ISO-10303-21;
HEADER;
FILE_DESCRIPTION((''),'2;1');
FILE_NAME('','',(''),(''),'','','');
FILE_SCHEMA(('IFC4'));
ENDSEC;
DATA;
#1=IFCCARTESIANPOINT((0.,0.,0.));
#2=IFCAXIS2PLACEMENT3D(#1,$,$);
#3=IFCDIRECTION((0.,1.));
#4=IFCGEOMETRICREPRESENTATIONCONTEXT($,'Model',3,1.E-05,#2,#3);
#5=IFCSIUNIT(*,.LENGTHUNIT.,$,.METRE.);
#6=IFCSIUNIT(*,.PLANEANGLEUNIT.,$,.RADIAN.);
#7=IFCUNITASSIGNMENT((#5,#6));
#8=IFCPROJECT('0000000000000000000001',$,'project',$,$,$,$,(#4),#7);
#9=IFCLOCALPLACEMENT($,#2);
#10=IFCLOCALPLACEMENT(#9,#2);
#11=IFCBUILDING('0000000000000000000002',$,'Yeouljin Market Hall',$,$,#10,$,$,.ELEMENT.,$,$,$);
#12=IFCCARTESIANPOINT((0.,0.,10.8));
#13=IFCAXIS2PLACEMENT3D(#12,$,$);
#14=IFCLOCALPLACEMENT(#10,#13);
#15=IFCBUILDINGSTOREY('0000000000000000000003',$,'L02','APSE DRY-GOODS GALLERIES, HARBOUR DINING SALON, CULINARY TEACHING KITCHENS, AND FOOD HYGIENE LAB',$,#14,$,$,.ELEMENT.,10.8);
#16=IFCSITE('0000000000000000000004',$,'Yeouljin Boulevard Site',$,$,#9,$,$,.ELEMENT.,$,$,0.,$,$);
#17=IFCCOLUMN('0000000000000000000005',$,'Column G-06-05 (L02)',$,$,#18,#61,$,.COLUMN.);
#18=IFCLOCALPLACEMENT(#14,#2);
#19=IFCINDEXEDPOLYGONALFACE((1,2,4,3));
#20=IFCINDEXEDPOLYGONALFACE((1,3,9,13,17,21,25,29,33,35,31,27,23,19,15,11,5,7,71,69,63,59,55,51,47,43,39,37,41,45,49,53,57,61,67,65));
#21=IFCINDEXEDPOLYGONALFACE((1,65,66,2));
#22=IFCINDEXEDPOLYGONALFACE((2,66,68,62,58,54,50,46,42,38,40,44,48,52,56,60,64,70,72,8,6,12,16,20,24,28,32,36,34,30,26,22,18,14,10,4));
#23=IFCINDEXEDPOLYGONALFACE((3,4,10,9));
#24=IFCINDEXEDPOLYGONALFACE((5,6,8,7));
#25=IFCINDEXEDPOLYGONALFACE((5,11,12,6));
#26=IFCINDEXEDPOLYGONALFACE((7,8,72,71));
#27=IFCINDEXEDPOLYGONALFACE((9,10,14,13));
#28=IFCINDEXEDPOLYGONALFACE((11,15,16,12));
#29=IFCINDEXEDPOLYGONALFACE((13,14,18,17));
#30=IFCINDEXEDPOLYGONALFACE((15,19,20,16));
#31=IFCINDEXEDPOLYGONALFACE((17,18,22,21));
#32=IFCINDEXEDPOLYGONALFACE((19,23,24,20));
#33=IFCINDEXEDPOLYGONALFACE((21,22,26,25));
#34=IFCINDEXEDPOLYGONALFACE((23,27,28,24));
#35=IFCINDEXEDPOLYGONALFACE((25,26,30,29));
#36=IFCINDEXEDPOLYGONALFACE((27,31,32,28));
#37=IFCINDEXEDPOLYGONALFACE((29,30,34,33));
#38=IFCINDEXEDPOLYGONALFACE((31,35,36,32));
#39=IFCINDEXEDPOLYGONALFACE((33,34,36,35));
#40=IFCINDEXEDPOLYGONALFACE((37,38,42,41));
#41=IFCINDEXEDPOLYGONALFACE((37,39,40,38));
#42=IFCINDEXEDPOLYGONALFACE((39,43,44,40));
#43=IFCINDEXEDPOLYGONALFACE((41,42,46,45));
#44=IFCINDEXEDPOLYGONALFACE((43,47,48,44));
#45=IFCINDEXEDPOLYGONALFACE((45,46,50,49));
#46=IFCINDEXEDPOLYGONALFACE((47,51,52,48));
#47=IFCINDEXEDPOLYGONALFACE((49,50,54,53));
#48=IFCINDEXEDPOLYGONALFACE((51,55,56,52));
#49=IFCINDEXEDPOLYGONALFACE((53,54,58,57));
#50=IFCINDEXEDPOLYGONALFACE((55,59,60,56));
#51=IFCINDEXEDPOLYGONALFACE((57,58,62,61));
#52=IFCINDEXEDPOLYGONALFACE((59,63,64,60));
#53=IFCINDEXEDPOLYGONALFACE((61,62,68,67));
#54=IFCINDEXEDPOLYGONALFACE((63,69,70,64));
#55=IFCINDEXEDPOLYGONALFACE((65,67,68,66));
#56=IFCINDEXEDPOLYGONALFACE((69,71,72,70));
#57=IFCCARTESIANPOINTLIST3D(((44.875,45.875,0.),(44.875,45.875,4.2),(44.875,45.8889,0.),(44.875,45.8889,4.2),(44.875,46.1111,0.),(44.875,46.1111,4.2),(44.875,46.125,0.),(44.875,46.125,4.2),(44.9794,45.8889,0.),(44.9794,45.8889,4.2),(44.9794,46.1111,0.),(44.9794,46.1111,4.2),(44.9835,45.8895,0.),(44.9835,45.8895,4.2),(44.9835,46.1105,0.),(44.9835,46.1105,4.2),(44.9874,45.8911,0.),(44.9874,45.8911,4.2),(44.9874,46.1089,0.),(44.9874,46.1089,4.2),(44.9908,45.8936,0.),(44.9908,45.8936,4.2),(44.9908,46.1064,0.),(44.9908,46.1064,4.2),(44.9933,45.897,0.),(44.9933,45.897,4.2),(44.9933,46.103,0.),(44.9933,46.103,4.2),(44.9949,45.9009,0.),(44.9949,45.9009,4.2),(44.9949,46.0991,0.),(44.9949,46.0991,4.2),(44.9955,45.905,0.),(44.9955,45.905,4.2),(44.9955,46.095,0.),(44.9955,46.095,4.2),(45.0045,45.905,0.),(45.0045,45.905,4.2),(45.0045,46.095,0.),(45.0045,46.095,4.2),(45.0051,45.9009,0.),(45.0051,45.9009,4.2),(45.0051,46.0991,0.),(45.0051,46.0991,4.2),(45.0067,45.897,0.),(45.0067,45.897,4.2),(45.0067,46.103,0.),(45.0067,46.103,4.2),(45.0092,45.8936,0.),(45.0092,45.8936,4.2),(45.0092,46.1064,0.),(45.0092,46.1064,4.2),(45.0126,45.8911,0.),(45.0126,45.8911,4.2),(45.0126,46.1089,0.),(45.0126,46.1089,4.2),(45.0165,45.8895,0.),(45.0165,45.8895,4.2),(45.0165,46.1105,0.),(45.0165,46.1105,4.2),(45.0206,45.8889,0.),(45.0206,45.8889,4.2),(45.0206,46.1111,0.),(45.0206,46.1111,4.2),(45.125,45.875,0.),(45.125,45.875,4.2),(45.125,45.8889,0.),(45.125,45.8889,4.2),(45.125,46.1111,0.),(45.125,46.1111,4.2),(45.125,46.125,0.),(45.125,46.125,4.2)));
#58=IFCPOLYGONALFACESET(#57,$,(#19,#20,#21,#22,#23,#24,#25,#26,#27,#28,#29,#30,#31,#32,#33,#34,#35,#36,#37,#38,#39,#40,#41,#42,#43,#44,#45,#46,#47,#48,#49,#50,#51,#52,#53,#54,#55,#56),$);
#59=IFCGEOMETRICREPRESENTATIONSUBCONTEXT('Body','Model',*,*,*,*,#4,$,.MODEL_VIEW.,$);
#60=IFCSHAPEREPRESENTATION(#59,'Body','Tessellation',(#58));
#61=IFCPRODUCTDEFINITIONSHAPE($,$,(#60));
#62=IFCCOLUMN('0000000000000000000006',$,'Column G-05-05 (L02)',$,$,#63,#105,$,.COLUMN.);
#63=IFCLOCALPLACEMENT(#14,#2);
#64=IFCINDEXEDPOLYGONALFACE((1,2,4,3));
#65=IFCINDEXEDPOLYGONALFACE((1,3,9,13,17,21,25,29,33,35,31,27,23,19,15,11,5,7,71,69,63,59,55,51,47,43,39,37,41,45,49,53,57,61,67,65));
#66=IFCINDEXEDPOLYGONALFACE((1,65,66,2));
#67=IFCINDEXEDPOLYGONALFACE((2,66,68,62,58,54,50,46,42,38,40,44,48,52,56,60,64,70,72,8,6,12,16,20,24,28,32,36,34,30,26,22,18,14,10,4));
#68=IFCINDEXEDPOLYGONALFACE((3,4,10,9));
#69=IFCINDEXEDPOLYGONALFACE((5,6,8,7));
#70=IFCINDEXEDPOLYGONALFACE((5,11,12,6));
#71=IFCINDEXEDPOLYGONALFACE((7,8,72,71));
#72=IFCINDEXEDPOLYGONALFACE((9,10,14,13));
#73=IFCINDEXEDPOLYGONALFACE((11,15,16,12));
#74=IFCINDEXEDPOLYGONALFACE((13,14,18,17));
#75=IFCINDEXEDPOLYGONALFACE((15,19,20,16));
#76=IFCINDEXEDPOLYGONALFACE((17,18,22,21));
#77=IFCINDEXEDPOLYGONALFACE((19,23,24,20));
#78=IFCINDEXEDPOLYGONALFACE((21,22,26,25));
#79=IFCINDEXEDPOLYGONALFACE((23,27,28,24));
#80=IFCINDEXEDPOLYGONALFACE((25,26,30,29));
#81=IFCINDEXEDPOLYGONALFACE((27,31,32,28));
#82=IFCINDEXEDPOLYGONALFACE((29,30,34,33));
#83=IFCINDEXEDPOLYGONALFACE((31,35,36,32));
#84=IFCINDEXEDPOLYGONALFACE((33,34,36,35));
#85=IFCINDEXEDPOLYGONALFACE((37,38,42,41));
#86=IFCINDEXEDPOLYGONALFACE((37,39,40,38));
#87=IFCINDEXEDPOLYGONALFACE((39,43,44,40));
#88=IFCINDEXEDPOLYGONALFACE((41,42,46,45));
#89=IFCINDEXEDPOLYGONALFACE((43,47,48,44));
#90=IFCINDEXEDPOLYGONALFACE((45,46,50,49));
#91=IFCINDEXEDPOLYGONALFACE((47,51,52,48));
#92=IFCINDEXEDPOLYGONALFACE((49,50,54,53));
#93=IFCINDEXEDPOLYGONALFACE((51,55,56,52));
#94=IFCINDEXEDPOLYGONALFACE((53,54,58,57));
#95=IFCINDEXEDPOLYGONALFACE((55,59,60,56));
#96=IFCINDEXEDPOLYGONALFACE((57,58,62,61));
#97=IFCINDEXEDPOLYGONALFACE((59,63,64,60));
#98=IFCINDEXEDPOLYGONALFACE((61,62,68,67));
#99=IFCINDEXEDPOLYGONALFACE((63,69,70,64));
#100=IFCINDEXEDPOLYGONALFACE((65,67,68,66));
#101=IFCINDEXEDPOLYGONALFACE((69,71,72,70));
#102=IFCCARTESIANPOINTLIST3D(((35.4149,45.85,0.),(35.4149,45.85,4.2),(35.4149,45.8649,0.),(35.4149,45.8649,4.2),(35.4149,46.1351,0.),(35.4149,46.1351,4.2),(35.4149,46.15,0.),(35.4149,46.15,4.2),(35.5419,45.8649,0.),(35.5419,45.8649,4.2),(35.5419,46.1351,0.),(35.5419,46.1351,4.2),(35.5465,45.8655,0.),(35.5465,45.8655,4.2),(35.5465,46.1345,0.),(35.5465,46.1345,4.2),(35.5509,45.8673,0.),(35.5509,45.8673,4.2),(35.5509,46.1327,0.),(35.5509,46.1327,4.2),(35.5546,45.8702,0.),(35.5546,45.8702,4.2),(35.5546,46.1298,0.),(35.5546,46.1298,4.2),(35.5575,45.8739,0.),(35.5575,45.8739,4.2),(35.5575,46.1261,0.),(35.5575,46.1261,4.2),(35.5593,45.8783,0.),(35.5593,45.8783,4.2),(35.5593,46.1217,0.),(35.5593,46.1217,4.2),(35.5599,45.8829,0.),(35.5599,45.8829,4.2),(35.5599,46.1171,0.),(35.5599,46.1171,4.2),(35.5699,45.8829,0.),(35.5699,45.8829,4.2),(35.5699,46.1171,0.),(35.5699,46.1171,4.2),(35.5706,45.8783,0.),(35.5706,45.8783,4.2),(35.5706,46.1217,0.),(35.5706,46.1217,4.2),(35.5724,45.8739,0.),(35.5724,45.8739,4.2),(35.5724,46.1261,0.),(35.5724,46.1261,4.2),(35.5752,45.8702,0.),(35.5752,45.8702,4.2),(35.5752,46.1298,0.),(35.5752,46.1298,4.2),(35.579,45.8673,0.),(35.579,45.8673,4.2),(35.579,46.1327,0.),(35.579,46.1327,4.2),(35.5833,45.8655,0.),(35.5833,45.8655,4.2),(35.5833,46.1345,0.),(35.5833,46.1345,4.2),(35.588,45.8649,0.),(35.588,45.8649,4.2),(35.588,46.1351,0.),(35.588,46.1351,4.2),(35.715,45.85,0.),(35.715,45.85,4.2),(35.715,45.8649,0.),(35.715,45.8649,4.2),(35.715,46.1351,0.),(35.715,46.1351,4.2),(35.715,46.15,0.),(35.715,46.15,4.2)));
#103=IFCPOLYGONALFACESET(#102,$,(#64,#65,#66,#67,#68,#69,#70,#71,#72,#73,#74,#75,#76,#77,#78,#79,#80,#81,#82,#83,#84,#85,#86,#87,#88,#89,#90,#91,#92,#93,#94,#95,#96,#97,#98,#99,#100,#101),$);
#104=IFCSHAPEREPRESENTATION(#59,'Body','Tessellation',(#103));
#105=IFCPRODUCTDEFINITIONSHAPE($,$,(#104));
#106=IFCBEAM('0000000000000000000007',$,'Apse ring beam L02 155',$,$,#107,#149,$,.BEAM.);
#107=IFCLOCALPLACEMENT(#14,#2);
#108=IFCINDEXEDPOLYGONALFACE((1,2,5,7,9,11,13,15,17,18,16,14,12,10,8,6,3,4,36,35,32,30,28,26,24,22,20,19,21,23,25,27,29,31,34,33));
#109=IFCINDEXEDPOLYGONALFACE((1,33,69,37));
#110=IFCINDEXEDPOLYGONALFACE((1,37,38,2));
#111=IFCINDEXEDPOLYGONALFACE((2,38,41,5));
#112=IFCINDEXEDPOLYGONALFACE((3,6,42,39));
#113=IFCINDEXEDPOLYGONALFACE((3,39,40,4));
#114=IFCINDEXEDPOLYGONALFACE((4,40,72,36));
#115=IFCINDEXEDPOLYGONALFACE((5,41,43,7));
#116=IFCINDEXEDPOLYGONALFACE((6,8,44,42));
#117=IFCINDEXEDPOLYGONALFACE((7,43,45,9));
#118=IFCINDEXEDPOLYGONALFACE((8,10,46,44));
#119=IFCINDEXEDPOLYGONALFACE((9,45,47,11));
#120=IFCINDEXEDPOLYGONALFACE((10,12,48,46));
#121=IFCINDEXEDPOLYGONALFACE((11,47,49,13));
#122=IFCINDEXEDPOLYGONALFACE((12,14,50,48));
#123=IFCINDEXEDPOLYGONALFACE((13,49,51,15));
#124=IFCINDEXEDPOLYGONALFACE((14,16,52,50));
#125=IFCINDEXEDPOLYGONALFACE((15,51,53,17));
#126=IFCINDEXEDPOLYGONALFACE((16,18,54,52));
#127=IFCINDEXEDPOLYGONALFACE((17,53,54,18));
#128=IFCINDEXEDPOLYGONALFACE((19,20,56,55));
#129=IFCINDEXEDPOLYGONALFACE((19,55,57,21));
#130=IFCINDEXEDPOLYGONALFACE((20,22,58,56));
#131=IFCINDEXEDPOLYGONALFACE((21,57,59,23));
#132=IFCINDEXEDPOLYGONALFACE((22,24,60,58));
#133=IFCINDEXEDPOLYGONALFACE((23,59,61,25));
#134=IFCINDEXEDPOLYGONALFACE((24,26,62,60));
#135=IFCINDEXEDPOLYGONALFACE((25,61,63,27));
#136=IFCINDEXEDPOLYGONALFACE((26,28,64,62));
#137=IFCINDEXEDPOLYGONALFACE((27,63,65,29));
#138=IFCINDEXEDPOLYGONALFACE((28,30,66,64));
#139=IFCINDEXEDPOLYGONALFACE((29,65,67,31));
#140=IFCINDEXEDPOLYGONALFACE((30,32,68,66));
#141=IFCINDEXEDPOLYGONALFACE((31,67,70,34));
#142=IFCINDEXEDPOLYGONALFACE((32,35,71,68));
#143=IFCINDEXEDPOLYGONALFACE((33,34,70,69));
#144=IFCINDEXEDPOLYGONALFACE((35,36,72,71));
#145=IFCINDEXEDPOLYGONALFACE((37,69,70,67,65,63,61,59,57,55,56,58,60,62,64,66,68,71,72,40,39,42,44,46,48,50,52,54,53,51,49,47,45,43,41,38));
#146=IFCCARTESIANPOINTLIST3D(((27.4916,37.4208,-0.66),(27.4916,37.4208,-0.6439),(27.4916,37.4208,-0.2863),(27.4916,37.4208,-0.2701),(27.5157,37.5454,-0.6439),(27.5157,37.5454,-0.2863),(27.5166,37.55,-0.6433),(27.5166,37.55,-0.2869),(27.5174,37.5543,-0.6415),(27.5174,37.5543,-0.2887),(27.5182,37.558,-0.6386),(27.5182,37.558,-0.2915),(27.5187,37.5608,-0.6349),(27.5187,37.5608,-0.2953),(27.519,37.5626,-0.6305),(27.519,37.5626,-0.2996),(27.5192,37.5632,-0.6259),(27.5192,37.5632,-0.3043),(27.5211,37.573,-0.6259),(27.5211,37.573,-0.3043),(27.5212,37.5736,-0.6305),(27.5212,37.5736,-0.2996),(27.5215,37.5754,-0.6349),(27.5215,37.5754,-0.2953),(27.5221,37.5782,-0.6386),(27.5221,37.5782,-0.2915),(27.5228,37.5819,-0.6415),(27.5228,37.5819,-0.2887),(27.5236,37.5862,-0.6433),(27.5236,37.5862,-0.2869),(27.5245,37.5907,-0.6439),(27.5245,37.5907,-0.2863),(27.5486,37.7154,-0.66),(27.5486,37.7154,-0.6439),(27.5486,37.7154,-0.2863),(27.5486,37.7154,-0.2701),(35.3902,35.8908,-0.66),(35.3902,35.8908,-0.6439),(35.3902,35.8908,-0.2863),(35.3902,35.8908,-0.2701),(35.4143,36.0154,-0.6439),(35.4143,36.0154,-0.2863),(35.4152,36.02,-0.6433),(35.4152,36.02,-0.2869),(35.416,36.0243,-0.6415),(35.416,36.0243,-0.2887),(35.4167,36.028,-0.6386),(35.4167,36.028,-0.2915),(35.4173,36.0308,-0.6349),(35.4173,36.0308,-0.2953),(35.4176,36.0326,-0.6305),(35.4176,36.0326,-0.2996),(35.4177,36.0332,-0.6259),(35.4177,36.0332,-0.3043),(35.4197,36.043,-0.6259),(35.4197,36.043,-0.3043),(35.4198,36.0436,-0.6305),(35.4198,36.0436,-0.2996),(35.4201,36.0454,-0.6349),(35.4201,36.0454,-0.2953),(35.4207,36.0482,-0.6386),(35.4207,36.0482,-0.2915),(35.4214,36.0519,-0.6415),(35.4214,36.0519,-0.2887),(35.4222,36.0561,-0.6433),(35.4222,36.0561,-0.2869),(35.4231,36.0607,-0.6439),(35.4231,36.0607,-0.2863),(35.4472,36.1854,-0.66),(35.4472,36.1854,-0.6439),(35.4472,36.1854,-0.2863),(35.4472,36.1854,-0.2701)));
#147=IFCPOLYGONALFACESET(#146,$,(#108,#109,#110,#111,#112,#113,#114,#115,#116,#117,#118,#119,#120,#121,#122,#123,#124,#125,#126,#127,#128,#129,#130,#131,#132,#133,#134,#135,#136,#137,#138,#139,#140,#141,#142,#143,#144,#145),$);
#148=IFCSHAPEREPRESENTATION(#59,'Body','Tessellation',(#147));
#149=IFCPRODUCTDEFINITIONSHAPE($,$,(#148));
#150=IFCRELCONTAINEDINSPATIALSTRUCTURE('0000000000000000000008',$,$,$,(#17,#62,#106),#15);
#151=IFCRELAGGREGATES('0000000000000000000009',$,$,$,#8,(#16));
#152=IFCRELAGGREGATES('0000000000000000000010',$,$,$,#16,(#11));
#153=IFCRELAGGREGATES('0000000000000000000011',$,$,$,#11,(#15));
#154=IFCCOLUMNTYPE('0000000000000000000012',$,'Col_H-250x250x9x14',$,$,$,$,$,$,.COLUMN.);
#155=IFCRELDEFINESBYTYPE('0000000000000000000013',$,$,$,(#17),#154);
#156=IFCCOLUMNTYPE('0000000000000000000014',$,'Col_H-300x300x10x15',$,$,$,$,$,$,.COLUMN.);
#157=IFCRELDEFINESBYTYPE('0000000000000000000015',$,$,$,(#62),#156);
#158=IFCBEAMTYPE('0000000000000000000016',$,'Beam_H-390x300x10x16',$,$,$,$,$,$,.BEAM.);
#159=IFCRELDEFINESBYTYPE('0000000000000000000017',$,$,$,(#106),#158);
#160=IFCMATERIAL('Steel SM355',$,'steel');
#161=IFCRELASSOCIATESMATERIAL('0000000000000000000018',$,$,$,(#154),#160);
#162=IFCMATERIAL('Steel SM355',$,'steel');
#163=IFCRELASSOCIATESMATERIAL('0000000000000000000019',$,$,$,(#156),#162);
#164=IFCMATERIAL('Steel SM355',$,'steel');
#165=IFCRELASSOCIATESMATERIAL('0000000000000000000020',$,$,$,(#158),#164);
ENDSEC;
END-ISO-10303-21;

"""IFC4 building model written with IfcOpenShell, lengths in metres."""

from ifc_helpers import new_model, si_unit, direction, frame, origin, origin_2d, place, context, subcontext, project, spatial, i_section, extrude, material, material_profile, profile_set, type_object, element, save


model = new_model("IFC4")

# Units and contexts
model_context = context("Model", 3, precision=1e-05, world=origin(), true_north=direction((0.0, 1.0)))
body_context = subcontext(model_context, "Body", "Model", "MODEL_VIEW")
ifc_project = project(units=[si_unit("LENGTHUNIT", "METRE"), si_unit("PLANEANGLEUNIT", "RADIAN")], contexts=[model_context])

# Site, building, storey
site_placement = place(None, origin())
site = spatial("IfcSite", under=ifc_project, at=site_placement, Name="Yeouljin Boulevard Site", CompositionType="ELEMENT", RefElevation=0.0)
building_placement = place(site_placement, origin())
building = spatial("IfcBuilding", under=site, at=building_placement, Name="Yeouljin Market Hall", CompositionType="ELEMENT")
storey_placement = place(building_placement, frame((0.0, 0.0, 10.8)))
storey = spatial("IfcBuildingStorey", under=building, at=storey_placement, Name="L02", Description="APSE DRY-GOODS GALLERIES, HARBOUR DINING SALON, CULINARY TEACHING KITCHENS, AND FOOD HYGIENE LAB", CompositionType="ELEMENT", Elevation=10.8)

# Columns
ifc_material_1 = material(Name="Steel SM355", Category="steel")
ifc_material_profile_1 = material_profile(ifc_material_1, i_section(OverallWidth=0.25, OverallDepth=0.25, WebThickness=0.009, FlangeThickness=0.0139, FilletRadius=0.0161, at=origin_2d()), Name="H-250x250x9x14")
ifc_profile_set_1 = profile_set([ifc_material_profile_1], Name="Steel SM355")
column_type_1 = type_object("IfcColumnType", Name="Col_H-250x250x9x14", PredefinedType="COLUMN", material=ifc_profile_set_1)
column_1_placement = place(storey_placement, frame((45.0, 46.0, 0.0), z_axis=(0.0, 0.0, 1.0), x_axis=(1.0, 0.0, 0.0)))
element("IfcColumn", 1, at=column_1_placement, inside=storey, type_object=column_type_1, Name="Column G-06-05 (L02)", PredefinedType="COLUMN", context=body_context, shape_type="SweptSolid", body=[
    extrude(i_section(OverallWidth=0.25, OverallDepth=0.25, WebThickness=0.009, FlangeThickness=0.0139, FilletRadius=0.0161, at=origin_2d()), origin(), (0.0, 0.0, 1.0), 4.2),
])
ifc_material_2 = material(Name="Steel SM355", Category="steel")
ifc_material_profile_2 = material_profile(ifc_material_2, i_section(OverallWidth=0.3, OverallDepth=0.3, WebThickness=0.01, FlangeThickness=0.0149, FilletRadius=0.0181, at=origin_2d()), Name="H-300x300x10x15")
ifc_profile_set_2 = profile_set([ifc_material_profile_2], Name="Steel SM355")
column_type_2 = type_object("IfcColumnType", Name="Col_H-300x300x10x15", PredefinedType="COLUMN", material=ifc_profile_set_2)
column_2_placement = place(storey_placement, frame((35.5649, 46.0, 0.0), z_axis=(0.0, 0.0, 1.0), x_axis=(1.0, 0.0, 0.0)))
element("IfcColumn", 2, at=column_2_placement, inside=storey, type_object=column_type_2, Name="Column G-05-05 (L02)", PredefinedType="COLUMN", context=body_context, shape_type="SweptSolid", body=[
    extrude(i_section(OverallWidth=0.3, OverallDepth=0.3, WebThickness=0.01, FlangeThickness=0.0149, FilletRadius=0.0181, at=origin_2d()), origin(), (0.0, 0.0, 1.0), 4.2),
])

# Beam
ifc_material_3 = material(Name="Steel SM355", Category="steel")
ifc_material_profile_3 = material_profile(ifc_material_3, i_section(OverallWidth=0.3, OverallDepth=0.3899, WebThickness=0.01, FlangeThickness=0.0161, FilletRadius=0.0181, at=origin_2d()), Name="H-390x300x10x16")
ifc_profile_set_3 = profile_set([ifc_material_profile_3], Name="Steel SM355")
beam_type_1 = type_object("IfcBeamType", Name="Beam_H-390x300x10x16", PredefinedType="BEAM", material=ifc_profile_set_3)
beam_1_placement = place(storey_placement, frame((35.4187, 36.0381, -0.4651), z_axis=(-0.981751, 0.190172, 0.0), x_axis=(-0.190172, -0.981751, 0.0)))
element("IfcBeam", 3, at=beam_1_placement, inside=storey, type_object=beam_type_1, Name="Apse ring beam L02 155", PredefinedType="BEAM", context=body_context, shape_type="SweptSolid", body=[
    extrude(i_section(OverallWidth=0.3, OverallDepth=0.3899, WebThickness=0.01, FlangeThickness=0.0161, FilletRadius=0.0181, at=origin_2d()), origin(), (0.0, 0.0, 1.0), 8.0454),
])

save(model, "model.ifc")
